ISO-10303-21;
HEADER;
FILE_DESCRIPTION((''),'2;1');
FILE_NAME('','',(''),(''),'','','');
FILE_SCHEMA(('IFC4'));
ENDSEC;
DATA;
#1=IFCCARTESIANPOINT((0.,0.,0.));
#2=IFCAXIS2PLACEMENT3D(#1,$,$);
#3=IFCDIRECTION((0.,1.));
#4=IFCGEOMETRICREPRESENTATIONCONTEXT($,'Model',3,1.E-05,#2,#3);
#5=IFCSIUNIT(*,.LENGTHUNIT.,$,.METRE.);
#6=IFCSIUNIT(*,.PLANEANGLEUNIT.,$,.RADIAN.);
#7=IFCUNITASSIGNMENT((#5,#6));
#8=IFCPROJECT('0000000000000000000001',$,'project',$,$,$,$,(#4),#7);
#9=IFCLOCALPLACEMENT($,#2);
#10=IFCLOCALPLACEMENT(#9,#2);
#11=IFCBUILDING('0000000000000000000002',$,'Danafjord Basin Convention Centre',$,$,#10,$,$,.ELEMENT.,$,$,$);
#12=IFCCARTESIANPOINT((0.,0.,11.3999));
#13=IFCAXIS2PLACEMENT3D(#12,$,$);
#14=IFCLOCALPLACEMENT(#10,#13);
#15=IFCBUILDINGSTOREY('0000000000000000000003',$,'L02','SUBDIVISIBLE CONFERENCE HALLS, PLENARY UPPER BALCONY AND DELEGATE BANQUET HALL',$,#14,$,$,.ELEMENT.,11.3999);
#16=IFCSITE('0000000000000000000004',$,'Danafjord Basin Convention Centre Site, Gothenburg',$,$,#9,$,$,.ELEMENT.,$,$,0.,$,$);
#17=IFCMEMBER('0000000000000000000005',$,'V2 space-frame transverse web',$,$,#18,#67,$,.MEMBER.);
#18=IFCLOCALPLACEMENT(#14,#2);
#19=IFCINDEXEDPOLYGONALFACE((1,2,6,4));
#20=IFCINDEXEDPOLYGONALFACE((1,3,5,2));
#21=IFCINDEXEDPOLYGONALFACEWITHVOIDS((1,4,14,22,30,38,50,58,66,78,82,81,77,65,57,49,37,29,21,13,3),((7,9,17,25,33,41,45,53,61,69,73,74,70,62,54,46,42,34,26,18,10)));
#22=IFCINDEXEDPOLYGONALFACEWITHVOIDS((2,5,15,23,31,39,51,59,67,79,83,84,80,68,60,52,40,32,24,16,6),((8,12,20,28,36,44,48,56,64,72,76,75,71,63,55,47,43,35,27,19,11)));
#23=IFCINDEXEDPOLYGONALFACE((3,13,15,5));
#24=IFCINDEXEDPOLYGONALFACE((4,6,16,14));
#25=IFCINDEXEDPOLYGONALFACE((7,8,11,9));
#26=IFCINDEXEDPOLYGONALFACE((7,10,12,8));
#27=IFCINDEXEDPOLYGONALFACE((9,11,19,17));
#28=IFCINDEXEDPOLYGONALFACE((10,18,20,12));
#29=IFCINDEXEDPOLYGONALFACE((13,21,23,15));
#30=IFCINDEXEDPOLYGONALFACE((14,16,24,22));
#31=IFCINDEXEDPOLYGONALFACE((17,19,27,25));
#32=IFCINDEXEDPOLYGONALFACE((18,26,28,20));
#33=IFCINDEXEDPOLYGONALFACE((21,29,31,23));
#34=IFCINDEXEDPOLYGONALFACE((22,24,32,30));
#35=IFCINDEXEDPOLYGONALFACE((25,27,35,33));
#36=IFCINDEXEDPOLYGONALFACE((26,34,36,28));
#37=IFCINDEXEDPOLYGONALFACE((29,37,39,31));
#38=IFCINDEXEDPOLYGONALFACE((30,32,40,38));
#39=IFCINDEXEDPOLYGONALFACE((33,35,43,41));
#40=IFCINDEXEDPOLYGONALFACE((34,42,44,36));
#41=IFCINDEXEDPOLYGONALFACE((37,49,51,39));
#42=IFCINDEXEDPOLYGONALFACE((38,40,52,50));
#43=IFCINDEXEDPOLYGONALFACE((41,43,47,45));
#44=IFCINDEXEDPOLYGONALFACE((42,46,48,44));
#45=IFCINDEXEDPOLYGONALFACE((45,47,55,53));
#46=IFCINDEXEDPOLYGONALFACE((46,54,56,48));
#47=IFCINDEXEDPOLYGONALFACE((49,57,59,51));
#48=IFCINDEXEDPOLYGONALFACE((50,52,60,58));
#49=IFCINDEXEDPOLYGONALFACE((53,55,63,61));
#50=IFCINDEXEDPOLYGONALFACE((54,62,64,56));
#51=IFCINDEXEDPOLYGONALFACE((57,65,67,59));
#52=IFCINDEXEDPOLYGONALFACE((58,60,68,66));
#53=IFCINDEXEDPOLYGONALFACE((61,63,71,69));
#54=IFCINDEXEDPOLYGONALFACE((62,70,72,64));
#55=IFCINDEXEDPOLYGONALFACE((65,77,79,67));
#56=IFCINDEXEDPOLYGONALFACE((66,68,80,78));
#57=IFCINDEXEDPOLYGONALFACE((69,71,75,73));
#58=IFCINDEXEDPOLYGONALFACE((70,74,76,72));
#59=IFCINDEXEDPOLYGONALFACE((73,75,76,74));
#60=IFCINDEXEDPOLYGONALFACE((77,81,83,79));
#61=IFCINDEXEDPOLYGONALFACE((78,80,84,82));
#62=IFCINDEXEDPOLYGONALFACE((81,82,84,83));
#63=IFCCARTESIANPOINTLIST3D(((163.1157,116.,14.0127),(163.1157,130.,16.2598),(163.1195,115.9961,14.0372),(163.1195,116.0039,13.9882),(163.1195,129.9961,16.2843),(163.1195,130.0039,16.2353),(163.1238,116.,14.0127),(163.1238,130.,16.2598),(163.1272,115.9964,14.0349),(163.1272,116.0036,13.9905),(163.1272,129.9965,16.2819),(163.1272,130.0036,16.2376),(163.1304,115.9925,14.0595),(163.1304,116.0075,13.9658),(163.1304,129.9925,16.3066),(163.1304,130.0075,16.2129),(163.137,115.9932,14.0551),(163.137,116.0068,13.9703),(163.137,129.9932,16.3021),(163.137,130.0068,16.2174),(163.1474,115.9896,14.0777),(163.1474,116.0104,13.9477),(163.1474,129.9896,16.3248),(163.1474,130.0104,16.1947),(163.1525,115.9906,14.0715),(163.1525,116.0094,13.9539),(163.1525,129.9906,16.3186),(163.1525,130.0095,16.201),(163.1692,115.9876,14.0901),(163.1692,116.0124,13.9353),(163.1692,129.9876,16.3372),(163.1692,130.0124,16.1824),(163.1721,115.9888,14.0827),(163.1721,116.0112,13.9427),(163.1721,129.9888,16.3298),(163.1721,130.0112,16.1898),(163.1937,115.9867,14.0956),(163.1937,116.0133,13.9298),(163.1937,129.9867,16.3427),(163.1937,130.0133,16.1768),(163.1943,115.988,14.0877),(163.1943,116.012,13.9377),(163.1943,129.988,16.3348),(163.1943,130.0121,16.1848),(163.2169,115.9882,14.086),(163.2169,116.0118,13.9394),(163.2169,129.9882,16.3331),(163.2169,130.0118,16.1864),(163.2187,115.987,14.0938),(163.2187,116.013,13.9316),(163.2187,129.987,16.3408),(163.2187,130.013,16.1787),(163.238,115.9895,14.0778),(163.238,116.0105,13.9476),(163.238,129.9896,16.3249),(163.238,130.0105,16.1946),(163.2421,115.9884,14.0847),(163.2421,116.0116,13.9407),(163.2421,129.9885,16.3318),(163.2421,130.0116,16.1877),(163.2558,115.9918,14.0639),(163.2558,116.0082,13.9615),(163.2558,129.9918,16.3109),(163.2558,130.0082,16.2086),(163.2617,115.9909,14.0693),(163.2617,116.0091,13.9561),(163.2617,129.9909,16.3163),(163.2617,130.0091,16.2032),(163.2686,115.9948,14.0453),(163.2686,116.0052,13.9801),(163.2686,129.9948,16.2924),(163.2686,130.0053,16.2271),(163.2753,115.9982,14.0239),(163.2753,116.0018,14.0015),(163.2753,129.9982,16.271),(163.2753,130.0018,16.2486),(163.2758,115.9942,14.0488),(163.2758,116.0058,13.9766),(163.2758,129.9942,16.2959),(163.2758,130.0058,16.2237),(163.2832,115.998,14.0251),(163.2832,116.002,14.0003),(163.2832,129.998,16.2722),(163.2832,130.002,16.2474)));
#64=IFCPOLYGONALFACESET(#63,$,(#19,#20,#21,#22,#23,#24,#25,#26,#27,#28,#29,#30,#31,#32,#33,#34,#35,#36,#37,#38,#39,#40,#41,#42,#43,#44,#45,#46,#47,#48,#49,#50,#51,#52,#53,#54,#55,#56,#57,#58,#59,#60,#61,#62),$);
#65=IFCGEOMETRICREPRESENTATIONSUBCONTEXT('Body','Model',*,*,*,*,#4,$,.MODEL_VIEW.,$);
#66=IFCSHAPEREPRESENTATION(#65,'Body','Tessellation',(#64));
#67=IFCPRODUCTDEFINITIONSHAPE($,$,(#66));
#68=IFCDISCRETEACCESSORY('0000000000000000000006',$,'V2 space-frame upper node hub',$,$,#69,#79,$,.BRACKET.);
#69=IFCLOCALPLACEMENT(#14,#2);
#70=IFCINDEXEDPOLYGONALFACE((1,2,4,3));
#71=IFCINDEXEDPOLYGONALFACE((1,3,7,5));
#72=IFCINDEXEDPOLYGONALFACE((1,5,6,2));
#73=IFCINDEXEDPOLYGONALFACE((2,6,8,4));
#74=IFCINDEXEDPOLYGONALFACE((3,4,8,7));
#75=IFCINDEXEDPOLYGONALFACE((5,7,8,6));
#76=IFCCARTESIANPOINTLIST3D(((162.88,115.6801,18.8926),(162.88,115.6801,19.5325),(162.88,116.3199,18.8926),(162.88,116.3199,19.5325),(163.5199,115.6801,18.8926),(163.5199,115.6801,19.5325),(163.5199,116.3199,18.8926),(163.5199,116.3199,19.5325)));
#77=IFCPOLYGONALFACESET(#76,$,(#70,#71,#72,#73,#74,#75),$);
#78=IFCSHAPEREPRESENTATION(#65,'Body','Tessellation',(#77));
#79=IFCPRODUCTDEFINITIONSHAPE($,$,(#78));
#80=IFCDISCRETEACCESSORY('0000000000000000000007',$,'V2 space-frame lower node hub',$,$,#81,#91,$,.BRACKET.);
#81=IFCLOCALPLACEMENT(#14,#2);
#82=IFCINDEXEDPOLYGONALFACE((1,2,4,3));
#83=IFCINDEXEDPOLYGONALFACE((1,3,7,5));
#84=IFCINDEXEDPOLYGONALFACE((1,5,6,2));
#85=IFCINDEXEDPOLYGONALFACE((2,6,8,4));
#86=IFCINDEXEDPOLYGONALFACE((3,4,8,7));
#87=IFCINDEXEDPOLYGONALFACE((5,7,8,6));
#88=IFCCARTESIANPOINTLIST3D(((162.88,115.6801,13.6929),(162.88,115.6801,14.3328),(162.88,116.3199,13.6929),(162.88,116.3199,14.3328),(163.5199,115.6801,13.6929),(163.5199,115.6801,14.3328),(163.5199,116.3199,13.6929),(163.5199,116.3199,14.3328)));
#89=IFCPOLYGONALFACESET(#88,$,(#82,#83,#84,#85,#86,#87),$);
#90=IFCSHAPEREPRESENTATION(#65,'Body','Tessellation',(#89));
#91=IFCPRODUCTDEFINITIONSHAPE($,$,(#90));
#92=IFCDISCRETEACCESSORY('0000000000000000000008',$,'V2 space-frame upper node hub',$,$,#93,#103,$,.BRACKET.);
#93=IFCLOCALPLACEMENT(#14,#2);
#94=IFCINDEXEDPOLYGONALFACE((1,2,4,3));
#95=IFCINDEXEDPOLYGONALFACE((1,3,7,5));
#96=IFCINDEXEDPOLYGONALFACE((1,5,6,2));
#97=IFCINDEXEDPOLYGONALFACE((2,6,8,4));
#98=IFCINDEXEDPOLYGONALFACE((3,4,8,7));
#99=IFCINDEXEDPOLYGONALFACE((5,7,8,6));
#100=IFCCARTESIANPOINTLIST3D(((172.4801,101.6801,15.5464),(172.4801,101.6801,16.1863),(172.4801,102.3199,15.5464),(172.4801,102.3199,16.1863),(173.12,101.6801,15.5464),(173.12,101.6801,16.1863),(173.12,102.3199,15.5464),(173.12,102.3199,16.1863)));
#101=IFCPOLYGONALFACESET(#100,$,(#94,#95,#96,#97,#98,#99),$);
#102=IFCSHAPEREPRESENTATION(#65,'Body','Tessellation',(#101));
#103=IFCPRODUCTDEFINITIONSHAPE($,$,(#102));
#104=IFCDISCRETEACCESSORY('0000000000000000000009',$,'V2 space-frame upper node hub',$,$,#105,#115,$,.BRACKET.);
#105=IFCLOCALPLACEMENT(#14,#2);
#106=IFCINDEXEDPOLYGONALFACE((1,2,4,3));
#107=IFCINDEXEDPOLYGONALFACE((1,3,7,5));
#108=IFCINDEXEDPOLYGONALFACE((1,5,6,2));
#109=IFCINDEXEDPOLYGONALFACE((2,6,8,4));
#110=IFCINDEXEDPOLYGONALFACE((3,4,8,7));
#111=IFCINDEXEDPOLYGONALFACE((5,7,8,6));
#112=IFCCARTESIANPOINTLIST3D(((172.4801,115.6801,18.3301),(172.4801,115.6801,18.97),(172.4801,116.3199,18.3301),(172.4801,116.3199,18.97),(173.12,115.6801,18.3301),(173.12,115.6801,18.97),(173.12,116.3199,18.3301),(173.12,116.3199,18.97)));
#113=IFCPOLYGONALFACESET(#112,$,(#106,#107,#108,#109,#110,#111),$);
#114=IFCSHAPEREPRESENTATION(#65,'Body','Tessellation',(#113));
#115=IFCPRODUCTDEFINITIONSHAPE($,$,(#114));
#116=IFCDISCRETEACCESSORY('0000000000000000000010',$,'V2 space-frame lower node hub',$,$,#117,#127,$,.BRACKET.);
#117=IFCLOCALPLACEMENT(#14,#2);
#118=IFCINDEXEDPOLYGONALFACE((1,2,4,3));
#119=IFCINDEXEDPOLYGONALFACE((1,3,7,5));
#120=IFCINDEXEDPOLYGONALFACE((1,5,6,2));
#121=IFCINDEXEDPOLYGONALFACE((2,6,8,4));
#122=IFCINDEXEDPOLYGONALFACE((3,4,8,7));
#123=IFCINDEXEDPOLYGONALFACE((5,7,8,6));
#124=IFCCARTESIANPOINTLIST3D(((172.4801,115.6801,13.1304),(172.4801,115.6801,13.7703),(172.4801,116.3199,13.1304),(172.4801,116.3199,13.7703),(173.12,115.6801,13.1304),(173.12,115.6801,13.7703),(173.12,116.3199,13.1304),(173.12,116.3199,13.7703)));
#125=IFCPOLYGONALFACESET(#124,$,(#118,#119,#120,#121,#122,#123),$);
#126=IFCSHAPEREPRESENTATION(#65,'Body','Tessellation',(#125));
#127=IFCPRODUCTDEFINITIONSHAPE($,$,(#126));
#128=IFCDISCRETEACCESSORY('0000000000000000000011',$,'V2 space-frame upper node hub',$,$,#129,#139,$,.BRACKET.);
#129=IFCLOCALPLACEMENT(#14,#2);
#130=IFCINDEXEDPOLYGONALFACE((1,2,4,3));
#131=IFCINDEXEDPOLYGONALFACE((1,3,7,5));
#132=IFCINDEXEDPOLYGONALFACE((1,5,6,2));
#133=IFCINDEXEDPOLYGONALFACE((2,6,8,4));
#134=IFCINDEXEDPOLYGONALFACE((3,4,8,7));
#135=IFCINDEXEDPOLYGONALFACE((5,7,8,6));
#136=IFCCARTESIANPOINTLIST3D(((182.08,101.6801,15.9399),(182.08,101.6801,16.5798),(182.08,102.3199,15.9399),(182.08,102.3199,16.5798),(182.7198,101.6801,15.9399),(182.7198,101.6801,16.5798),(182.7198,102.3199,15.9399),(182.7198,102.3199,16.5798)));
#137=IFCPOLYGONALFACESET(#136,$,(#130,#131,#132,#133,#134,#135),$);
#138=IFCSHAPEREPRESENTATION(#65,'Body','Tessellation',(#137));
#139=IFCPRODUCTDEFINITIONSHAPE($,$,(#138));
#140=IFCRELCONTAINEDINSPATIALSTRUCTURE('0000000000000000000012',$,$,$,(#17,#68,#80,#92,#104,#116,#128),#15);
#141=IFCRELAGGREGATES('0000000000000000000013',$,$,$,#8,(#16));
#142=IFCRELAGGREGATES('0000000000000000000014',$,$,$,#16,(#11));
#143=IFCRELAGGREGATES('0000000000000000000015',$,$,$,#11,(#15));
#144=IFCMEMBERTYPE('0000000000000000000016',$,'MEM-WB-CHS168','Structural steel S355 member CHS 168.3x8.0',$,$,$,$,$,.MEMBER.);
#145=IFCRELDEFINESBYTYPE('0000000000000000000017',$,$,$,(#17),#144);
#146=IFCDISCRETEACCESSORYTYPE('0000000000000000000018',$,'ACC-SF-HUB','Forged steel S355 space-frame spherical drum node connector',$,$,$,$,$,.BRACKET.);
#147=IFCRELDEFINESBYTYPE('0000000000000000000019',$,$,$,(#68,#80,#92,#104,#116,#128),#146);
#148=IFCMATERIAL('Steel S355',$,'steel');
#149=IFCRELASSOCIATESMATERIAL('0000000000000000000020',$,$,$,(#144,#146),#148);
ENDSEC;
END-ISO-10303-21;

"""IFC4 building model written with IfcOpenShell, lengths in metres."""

from ifc_helpers import new_model, si_unit, direction, frame, origin, origin_2d, place, context, subcontext, project, spatial, rectangle, hollow_circle, extrude, material, material_profile, profile_set, type_object, element, save


model = new_model("IFC4")

# Units and contexts
model_context = context("Model", 3, precision=1e-05, world=origin(), true_north=direction((0.0, 1.0)))
body_context = subcontext(model_context, "Body", "Model", "MODEL_VIEW")
ifc_project = project(units=[si_unit("LENGTHUNIT", "METRE"), si_unit("PLANEANGLEUNIT", "RADIAN")], contexts=[model_context])

# Site, building, storey
site_placement = place(None, origin())
site = spatial("IfcSite", under=ifc_project, at=site_placement, Name="Danafjord Basin Convention Centre Site, Gothenburg", CompositionType="ELEMENT", RefElevation=0.0)
building_placement = place(site_placement, origin())
building = spatial("IfcBuilding", under=site, at=building_placement, Name="Danafjord Basin Convention Centre", CompositionType="ELEMENT")
storey_placement = place(building_placement, frame((0.0, 0.0, 11.3999)))
storey = spatial("IfcBuildingStorey", under=building, at=storey_placement, Name="L02", Description="SUBDIVISIBLE CONFERENCE HALLS, PLENARY UPPER BALCONY AND DELEGATE BANQUET HALL", CompositionType="ELEMENT", Elevation=11.3999)

# Member
ifc_material = material(Name="Steel S355", Category="steel")
ifc_material_profile_1 = material_profile(ifc_material, hollow_circle(Radius=0.0842, WallThickness=0.0081, at=origin_2d()), Name="CHS 168.3x8.0")
ifc_profile_set_1 = profile_set([ifc_material_profile_1], Name="Steel S355")
member_type_1 = type_object("IfcMemberType", Name="MEM-WB-CHS168", Description="Structural steel S355 member CHS 168.3x8.0", PredefinedType="MEMBER", material=ifc_profile_set_1)
member_1_placement = place(storey_placement, frame((163.2, 116.0, 14.0127), z_axis=(0.0, 0.987363, 0.158477), x_axis=(-1.0, 0.0, 0.0)))
element("IfcMember", 1, at=member_1_placement, inside=storey, type_object=member_type_1, Name="V2 space-frame transverse web", PredefinedType="MEMBER", context=body_context, shape_type="SweptSolid", body=[
    extrude(hollow_circle(Radius=0.0842, WallThickness=0.0081, at=origin_2d()), origin(), (0.0, 0.0, 1.0), 14.1792),
])

# Discrete accessories
discrete_accessory_type = type_object("IfcDiscreteAccessoryType", Name="ACC-SF-HUB", Description="Forged steel S355 space-frame spherical drum node connector", PredefinedType="BRACKET", material=ifc_material)
for number, where, z_axis, x_axis, name in (
    (2, (163.2, 116.0, 18.8926), (0.0, 0.0, 1.0), (1.0, 0.0, 0.0), "V2 space-frame upper node hub"),
    (3, (163.2, 116.0, 13.6929), (0.0, 0.0, 1.0), (1.0, 0.0, 0.0), "V2 space-frame lower node hub"),
    (4, (172.8, 102.0, 15.5464), (0.0, 0.0, 1.0), (1.0, 0.0, 0.0), "V2 space-frame upper node hub"),
    (5, (172.8, 116.0, 18.3301), (0.0, 0.0, 1.0), (1.0, 0.0, 0.0), "V2 space-frame upper node hub"),
    (6, (172.8, 116.0, 13.1304), (0.0, 0.0, 1.0), (1.0, 0.0, 0.0), "V2 space-frame lower node hub"),
    (7, (182.3999, 102.0, 15.9399), (0.0, 0.0, 1.0), (1.0, 0.0, 0.0), "V2 space-frame upper node hub"),
):
    element("IfcDiscreteAccessory", number, at=place(storey_placement, frame(where, z_axis=z_axis, x_axis=x_axis)), inside=storey, type_object=discrete_accessory_type, Name=name, PredefinedType="BRACKET", context=body_context, shape_type="SweptSolid", body=[
        extrude(rectangle(XDim=0.6399, YDim=0.6399, at=origin_2d()), origin(), (0.0, 0.0, 1.0), 0.6399),
    ])

save(model, "model.ifc")
